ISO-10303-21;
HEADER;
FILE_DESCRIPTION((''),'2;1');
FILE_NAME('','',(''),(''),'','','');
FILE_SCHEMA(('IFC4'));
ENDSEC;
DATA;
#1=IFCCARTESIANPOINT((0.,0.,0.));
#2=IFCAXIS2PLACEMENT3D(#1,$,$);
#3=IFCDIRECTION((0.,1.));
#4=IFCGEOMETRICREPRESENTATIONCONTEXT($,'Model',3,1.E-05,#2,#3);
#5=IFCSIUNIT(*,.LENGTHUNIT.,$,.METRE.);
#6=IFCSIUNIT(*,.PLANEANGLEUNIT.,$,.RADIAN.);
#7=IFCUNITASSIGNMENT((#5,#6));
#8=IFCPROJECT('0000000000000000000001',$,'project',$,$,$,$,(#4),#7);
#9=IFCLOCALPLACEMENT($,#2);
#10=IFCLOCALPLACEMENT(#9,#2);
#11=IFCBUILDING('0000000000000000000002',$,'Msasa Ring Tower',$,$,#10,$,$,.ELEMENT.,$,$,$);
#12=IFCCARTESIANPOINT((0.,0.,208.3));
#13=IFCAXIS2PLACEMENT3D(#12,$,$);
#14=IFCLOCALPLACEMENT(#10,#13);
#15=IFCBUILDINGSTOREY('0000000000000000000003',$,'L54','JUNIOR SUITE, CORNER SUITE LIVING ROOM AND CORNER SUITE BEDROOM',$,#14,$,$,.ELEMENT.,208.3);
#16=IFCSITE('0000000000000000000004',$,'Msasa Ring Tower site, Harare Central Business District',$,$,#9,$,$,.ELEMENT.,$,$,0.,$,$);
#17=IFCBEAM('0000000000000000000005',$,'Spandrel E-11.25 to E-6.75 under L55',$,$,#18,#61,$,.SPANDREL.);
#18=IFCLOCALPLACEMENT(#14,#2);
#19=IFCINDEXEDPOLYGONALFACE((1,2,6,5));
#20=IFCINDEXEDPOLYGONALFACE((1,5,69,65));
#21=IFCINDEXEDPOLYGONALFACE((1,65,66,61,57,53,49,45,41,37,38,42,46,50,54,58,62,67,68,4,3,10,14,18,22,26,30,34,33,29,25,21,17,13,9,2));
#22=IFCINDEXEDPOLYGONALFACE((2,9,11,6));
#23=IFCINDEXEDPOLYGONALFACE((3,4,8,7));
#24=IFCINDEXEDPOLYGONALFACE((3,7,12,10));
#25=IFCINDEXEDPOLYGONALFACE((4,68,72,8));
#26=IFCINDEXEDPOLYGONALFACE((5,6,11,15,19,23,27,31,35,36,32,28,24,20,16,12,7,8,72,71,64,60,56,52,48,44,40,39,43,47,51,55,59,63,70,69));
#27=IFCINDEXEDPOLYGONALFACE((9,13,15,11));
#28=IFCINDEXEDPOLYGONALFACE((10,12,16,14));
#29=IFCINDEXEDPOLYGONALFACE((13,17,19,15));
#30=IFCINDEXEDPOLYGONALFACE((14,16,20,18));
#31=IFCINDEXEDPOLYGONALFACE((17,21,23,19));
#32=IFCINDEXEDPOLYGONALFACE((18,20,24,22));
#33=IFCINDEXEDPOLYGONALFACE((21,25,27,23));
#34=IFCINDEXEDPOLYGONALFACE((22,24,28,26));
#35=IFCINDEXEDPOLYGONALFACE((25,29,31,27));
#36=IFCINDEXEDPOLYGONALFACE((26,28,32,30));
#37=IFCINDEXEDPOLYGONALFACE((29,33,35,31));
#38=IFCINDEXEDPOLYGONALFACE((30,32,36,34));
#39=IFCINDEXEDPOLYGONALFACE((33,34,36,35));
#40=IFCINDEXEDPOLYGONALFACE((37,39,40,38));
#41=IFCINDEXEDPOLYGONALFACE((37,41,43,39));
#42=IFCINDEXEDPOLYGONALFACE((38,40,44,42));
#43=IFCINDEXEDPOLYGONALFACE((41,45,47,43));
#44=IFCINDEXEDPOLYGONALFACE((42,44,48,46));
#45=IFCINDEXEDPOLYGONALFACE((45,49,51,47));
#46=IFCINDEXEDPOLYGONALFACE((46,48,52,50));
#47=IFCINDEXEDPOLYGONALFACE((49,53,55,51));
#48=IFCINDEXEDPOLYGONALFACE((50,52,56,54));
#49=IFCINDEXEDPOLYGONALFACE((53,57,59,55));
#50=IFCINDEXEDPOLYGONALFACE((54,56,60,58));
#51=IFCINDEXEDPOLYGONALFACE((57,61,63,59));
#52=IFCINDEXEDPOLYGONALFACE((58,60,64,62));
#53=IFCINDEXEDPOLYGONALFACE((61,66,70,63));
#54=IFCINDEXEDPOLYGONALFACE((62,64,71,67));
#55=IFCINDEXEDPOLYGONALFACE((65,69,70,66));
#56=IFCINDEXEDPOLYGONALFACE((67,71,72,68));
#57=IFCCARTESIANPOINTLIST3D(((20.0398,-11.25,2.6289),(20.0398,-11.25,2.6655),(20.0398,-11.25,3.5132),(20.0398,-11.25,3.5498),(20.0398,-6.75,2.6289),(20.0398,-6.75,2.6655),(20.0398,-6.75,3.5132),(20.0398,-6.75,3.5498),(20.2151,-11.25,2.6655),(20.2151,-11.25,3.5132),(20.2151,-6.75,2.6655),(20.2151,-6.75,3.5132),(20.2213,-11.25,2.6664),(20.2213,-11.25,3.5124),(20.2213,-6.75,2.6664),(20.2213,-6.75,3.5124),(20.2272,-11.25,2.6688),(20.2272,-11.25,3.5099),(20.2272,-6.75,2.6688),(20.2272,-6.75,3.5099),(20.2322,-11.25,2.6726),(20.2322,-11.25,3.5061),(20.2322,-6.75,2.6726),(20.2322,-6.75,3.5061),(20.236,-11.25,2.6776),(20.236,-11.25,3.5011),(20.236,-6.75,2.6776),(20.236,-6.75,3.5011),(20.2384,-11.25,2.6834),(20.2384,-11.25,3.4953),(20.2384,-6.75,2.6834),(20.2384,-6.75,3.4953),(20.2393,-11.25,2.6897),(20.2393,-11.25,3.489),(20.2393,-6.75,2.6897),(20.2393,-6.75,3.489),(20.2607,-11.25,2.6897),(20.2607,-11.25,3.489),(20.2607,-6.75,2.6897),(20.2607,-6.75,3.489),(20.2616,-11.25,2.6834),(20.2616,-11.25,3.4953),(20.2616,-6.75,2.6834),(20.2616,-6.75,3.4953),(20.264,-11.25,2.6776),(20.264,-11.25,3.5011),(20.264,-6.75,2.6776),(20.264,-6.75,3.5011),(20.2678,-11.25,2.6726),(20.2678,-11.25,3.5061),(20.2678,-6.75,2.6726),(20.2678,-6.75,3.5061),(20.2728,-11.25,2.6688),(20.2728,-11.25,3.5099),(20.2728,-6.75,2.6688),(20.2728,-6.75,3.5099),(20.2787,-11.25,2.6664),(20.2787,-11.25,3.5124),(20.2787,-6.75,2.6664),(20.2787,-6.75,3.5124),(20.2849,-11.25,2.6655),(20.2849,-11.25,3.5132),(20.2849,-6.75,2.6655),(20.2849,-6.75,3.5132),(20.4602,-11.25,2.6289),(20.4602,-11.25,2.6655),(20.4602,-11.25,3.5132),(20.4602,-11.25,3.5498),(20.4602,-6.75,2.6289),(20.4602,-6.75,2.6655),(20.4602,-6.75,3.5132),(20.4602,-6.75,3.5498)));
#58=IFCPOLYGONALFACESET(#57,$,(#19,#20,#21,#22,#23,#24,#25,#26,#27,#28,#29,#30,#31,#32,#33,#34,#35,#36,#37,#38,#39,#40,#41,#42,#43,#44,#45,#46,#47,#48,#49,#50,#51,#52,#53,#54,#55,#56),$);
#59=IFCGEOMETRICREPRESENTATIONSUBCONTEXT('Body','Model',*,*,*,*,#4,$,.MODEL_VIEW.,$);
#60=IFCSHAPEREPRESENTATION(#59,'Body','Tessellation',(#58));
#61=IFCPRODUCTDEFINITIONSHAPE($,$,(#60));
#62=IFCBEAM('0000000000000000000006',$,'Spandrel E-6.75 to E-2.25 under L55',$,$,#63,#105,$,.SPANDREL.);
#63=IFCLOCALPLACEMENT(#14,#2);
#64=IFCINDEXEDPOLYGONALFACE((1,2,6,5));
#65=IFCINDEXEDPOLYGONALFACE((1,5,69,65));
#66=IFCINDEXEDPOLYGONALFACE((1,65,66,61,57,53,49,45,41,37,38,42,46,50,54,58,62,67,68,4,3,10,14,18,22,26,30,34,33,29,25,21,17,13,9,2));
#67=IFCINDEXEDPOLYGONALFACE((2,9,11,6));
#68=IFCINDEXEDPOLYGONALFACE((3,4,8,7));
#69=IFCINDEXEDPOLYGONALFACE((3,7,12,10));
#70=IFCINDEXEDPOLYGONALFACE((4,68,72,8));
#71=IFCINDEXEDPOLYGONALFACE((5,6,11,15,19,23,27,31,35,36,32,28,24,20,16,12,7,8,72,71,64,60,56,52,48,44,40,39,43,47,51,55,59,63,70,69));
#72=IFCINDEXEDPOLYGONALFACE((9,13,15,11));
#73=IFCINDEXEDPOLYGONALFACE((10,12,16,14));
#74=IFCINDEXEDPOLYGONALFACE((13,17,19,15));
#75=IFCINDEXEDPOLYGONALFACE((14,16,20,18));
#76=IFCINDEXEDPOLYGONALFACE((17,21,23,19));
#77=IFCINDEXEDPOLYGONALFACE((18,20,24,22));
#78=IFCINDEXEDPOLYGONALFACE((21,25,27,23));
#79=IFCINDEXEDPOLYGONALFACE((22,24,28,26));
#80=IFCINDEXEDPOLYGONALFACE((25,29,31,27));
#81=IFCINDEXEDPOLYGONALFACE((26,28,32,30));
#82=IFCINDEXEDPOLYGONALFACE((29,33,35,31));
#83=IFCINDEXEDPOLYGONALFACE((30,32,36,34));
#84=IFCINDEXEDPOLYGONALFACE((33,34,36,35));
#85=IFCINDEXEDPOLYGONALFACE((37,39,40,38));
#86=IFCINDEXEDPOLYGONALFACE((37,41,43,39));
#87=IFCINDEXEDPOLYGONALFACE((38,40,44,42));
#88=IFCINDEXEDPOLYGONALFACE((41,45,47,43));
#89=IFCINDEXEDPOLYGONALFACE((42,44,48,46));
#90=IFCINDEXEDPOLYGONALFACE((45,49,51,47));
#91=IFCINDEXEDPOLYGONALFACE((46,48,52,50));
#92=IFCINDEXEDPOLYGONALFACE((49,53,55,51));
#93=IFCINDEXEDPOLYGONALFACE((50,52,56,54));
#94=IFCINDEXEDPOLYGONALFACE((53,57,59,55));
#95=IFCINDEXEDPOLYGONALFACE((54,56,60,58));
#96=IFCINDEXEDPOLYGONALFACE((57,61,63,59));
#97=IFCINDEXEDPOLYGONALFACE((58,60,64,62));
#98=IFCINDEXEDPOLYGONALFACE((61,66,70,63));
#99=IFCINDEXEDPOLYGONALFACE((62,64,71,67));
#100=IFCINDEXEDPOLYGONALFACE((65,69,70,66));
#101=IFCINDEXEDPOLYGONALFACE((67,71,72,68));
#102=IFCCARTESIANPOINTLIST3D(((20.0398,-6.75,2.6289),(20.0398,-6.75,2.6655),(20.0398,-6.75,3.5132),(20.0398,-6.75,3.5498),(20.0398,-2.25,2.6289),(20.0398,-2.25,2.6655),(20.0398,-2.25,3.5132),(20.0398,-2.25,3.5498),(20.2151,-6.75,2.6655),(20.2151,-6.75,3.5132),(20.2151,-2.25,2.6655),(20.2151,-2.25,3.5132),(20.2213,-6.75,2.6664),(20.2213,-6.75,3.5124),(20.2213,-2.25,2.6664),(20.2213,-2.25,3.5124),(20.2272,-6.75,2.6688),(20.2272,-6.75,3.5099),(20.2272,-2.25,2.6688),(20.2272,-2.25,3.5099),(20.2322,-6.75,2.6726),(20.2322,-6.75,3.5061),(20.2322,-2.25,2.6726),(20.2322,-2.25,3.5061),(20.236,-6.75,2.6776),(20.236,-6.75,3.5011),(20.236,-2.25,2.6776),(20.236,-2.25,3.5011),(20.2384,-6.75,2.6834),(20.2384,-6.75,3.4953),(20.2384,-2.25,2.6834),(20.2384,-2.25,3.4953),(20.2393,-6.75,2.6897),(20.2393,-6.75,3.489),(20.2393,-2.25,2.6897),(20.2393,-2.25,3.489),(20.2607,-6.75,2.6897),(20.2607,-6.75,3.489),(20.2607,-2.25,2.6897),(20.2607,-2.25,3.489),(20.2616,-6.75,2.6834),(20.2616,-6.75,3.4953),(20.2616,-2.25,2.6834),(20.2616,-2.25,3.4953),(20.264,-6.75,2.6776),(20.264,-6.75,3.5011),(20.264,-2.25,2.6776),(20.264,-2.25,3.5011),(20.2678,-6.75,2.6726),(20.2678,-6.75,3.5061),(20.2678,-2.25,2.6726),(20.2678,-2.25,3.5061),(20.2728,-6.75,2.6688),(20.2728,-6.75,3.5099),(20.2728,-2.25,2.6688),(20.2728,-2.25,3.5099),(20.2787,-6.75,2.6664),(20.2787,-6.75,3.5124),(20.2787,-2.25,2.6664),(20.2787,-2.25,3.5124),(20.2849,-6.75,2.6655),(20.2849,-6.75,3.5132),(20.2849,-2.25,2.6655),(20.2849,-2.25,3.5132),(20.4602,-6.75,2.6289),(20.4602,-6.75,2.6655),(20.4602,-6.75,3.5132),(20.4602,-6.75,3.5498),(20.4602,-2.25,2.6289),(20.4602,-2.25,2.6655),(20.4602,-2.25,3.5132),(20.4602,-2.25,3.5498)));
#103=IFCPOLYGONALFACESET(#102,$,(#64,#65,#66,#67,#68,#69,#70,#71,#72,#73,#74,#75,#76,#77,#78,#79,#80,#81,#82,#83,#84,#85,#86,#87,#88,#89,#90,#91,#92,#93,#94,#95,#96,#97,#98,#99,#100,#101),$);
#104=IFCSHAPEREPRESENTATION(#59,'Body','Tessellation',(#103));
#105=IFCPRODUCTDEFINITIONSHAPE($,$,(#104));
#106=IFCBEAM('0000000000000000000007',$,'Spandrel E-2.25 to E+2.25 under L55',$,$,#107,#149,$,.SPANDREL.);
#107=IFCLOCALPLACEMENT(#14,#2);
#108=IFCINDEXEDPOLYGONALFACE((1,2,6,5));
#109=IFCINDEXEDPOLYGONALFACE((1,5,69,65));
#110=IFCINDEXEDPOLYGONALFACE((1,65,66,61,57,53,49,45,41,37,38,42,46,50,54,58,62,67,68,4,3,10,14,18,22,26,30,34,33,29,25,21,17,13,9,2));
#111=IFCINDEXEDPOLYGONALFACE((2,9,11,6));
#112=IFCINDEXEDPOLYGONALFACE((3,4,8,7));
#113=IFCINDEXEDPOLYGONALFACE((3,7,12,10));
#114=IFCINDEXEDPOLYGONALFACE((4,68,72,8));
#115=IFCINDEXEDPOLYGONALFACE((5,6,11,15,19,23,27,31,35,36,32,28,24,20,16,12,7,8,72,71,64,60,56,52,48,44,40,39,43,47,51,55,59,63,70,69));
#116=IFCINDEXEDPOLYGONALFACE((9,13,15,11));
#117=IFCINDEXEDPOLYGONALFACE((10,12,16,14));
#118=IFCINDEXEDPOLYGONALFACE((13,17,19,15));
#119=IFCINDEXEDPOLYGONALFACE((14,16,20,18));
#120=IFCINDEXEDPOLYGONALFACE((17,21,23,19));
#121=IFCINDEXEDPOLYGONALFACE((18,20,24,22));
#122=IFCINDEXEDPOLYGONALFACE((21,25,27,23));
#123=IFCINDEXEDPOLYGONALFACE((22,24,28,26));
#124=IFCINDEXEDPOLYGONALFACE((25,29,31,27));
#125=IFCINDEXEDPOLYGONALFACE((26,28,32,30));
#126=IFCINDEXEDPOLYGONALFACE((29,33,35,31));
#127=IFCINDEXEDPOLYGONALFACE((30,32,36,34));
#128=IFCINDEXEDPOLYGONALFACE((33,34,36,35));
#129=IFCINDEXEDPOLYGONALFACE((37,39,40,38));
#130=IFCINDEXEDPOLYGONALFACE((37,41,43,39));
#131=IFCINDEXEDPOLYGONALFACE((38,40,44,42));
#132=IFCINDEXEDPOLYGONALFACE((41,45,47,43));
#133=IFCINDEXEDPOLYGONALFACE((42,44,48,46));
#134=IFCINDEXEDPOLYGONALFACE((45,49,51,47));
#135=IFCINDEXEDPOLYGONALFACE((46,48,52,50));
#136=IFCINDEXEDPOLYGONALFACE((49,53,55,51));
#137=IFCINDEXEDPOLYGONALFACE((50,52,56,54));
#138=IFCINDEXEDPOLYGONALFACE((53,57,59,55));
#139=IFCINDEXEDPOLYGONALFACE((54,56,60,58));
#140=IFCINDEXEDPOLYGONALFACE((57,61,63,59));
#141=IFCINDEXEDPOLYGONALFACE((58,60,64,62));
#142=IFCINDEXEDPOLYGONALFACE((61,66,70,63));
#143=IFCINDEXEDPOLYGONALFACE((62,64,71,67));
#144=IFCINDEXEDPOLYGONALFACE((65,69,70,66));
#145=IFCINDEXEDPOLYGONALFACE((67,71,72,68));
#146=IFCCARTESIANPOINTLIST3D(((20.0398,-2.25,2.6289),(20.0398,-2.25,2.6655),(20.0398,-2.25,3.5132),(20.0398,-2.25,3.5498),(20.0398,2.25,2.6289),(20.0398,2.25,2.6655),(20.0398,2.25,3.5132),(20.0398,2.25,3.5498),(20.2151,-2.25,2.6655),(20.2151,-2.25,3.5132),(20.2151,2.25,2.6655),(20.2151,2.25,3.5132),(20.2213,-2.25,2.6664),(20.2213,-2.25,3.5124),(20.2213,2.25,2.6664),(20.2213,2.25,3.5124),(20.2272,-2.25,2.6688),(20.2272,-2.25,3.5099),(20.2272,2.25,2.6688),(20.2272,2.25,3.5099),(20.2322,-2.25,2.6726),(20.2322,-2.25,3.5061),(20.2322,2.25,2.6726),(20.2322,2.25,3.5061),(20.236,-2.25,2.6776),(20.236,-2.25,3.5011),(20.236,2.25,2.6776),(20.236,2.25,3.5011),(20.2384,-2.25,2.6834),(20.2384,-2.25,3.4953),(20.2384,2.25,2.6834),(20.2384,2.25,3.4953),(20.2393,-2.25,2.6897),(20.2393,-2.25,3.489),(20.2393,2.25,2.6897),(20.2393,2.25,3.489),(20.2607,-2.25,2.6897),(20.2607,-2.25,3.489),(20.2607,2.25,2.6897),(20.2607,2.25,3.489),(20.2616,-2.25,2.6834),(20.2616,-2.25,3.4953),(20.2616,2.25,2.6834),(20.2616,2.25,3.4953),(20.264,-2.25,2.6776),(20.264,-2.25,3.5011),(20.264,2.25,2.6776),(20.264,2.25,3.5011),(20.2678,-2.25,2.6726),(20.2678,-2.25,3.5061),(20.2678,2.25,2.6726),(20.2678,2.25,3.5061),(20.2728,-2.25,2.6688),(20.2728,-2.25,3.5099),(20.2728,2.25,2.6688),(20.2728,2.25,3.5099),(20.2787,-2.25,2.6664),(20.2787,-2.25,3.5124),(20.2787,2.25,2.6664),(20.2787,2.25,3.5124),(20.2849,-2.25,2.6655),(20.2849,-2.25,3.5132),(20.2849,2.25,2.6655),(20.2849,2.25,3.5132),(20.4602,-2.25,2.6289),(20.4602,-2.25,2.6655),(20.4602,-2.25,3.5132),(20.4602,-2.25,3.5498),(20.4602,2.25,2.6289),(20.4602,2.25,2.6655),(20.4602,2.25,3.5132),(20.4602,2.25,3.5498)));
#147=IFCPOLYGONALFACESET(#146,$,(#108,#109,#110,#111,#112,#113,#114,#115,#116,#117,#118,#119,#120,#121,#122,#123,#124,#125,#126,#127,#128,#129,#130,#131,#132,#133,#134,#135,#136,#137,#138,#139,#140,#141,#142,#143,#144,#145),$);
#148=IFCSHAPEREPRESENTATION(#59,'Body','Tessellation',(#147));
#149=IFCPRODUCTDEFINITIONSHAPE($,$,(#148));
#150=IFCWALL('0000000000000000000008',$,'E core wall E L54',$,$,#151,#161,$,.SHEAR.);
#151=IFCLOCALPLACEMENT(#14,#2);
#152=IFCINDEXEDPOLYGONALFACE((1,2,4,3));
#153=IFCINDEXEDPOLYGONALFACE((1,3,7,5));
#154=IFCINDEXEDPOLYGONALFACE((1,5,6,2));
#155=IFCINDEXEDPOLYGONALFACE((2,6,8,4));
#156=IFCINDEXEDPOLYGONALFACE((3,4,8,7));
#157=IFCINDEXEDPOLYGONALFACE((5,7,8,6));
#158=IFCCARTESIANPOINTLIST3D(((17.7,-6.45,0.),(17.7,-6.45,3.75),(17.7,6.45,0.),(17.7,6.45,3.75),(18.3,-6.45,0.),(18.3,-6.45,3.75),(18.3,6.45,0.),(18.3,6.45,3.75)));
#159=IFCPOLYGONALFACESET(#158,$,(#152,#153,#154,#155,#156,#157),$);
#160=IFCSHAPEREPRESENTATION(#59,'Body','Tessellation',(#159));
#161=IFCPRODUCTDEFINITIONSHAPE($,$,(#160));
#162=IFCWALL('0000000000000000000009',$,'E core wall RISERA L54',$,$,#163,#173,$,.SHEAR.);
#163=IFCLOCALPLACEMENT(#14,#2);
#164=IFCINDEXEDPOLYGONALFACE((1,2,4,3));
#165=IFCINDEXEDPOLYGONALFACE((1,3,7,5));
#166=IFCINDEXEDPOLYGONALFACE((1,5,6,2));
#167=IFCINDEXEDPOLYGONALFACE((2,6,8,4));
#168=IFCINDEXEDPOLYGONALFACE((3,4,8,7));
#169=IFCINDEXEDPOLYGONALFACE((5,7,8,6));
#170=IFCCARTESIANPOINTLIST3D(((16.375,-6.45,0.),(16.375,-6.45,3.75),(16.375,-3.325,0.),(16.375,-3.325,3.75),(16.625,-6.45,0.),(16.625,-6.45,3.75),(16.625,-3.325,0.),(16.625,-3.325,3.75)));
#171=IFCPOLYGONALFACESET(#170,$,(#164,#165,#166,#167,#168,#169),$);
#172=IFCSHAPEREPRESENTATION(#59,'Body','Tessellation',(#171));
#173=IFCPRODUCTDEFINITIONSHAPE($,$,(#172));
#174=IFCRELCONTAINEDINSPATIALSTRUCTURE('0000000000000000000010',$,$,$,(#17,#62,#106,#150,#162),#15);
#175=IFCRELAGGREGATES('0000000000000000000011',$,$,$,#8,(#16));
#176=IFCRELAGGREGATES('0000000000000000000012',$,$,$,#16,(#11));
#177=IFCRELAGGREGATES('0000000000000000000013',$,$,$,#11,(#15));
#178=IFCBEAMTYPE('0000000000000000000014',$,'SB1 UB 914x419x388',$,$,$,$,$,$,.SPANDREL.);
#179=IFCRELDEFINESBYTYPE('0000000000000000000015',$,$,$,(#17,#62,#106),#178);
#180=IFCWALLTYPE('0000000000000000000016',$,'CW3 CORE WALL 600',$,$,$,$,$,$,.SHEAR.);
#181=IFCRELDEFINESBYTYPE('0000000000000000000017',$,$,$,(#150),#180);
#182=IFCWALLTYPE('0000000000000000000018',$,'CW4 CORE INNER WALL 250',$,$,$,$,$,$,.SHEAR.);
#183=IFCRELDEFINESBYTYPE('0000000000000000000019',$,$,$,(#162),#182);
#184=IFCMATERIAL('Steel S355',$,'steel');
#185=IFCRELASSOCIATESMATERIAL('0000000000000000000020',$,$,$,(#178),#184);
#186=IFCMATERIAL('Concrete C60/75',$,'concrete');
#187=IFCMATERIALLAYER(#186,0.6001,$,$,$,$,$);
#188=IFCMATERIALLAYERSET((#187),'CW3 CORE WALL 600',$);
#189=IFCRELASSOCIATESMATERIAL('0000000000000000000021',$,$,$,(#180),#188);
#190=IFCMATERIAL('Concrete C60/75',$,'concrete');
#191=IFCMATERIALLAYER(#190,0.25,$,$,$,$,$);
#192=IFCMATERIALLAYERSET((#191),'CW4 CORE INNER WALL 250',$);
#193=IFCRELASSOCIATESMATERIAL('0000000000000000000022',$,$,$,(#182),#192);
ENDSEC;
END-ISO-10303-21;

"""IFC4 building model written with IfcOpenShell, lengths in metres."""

from ifc_helpers import new_model, si_unit, direction, frame, frame_2d, origin, origin_2d, place, context, subcontext, project, spatial, rectangle, i_section, extrude, material, layer, layer_set, material_profile, profile_set, type_object, element, save


model = new_model("IFC4")

# Units and contexts
model_context = context("Model", 3, precision=1e-05, world=origin(), true_north=direction((0.0, 1.0)))
body_context = subcontext(model_context, "Body", "Model", "MODEL_VIEW")
ifc_project = project(units=[si_unit("LENGTHUNIT", "METRE"), si_unit("PLANEANGLEUNIT", "RADIAN")], contexts=[model_context])

# Site, building, storey
site_placement = place(None, origin())
site = spatial("IfcSite", under=ifc_project, at=site_placement, Name="Msasa Ring Tower site, Harare Central Business District", CompositionType="ELEMENT", RefElevation=0.0)
building_placement = place(site_placement, origin())
building = spatial("IfcBuilding", under=site, at=building_placement, Name="Msasa Ring Tower", CompositionType="ELEMENT")
storey_placement = place(building_placement, frame((0.0, 0.0, 208.3)))
storey = spatial("IfcBuildingStorey", under=building, at=storey_placement, Name="L54", Description="JUNIOR SUITE, CORNER SUITE LIVING ROOM AND CORNER SUITE BEDROOM", CompositionType="ELEMENT", Elevation=208.3)

# Beams
ifc_material_1 = material(Name="Steel S355", Category="steel")
ifc_material_profile_1 = material_profile(ifc_material_1, i_section(OverallWidth=0.4204, OverallDepth=0.9209, WebThickness=0.0215, FlangeThickness=0.0366, FilletRadius=0.0242, at=origin_2d()), Name="UB 914x419x388")
ifc_profile_set_1 = profile_set([ifc_material_profile_1], Name="Steel S355")
beam_type_1 = type_object("IfcBeamType", Name="SB1 UB 914x419x388", PredefinedType="SPANDREL", material=ifc_profile_set_1)
for number, where, z_axis, x_axis, name in (
    (1, (20.25, -11.25, 3.0894), (0.0, 1.0, 0.0), (-1.0, 0.0, 0.0), "Spandrel E-11.25 to E-6.75 under L55"),
    (2, (20.25, -6.75, 3.0894), (0.0, 1.0, 0.0), (-1.0, 0.0, 0.0), "Spandrel E-6.75 to E-2.25 under L55"),
    (3, (20.25, -2.25, 3.0894), (0.0, 1.0, 0.0), (-1.0, 0.0, 0.0), "Spandrel E-2.25 to E+2.25 under L55"),
):
    element("IfcBeam", number, at=place(storey_placement, frame(where, z_axis=z_axis, x_axis=x_axis)), inside=storey, type_object=beam_type_1, Name=name, PredefinedType="SPANDREL", context=body_context, shape_type="SweptSolid", body=[
        extrude(i_section(OverallWidth=0.4204, OverallDepth=0.9209, WebThickness=0.0215, FlangeThickness=0.0366, FilletRadius=0.0242, at=origin_2d()), origin(), (0.0, 0.0, 1.0), 4.5),
    ])

# Walls
ifc_material_2 = material(Name="Concrete C60/75", Category="concrete")
ifc_layer_1 = layer(ifc_material_2, 0.6001)
ifc_layer_set_1 = layer_set([ifc_layer_1], Name="CW3 CORE WALL 600")
wall_type_1 = type_object("IfcWallType", Name="CW3 CORE WALL 600", PredefinedType="SHEAR", material=ifc_layer_set_1)
wall_1_placement = place(storey_placement, frame((18.0, -6.45, 0.0), z_axis=(0.0, 0.0, 1.0), x_axis=(0.0, 1.0, 0.0)))
element("IfcWall", 4, at=wall_1_placement, inside=storey, type_object=wall_type_1, Name="E core wall E L54", PredefinedType="SHEAR", context=body_context, shape_type="SweptSolid", body=[
    extrude(rectangle(XDim=12.8999, YDim=0.6001, at=frame_2d((6.45, 0.0))), origin(), (0.0, 0.0, 1.0), 3.75),
])
ifc_material_3 = material(Name="Concrete C60/75", Category="concrete")
ifc_layer_2 = layer(ifc_material_3, 0.25)
ifc_layer_set_2 = layer_set([ifc_layer_2], Name="CW4 CORE INNER WALL 250")
wall_type_2 = type_object("IfcWallType", Name="CW4 CORE INNER WALL 250", PredefinedType="SHEAR", material=ifc_layer_set_2)
wall_2_placement = place(storey_placement, frame((16.5, -6.45, 0.0), z_axis=(0.0, 0.0, 1.0), x_axis=(0.0, 1.0, 0.0)))
element("IfcWall", 5, at=wall_2_placement, inside=storey, type_object=wall_type_2, Name="E core wall RISERA L54", PredefinedType="SHEAR", context=body_context, shape_type="SweptSolid", body=[
    extrude(rectangle(XDim=3.125, YDim=0.25, at=frame_2d((1.5625, 0.0))), origin(), (0.0, 0.0, 1.0), 3.75),
])

save(model, "model.ifc")
